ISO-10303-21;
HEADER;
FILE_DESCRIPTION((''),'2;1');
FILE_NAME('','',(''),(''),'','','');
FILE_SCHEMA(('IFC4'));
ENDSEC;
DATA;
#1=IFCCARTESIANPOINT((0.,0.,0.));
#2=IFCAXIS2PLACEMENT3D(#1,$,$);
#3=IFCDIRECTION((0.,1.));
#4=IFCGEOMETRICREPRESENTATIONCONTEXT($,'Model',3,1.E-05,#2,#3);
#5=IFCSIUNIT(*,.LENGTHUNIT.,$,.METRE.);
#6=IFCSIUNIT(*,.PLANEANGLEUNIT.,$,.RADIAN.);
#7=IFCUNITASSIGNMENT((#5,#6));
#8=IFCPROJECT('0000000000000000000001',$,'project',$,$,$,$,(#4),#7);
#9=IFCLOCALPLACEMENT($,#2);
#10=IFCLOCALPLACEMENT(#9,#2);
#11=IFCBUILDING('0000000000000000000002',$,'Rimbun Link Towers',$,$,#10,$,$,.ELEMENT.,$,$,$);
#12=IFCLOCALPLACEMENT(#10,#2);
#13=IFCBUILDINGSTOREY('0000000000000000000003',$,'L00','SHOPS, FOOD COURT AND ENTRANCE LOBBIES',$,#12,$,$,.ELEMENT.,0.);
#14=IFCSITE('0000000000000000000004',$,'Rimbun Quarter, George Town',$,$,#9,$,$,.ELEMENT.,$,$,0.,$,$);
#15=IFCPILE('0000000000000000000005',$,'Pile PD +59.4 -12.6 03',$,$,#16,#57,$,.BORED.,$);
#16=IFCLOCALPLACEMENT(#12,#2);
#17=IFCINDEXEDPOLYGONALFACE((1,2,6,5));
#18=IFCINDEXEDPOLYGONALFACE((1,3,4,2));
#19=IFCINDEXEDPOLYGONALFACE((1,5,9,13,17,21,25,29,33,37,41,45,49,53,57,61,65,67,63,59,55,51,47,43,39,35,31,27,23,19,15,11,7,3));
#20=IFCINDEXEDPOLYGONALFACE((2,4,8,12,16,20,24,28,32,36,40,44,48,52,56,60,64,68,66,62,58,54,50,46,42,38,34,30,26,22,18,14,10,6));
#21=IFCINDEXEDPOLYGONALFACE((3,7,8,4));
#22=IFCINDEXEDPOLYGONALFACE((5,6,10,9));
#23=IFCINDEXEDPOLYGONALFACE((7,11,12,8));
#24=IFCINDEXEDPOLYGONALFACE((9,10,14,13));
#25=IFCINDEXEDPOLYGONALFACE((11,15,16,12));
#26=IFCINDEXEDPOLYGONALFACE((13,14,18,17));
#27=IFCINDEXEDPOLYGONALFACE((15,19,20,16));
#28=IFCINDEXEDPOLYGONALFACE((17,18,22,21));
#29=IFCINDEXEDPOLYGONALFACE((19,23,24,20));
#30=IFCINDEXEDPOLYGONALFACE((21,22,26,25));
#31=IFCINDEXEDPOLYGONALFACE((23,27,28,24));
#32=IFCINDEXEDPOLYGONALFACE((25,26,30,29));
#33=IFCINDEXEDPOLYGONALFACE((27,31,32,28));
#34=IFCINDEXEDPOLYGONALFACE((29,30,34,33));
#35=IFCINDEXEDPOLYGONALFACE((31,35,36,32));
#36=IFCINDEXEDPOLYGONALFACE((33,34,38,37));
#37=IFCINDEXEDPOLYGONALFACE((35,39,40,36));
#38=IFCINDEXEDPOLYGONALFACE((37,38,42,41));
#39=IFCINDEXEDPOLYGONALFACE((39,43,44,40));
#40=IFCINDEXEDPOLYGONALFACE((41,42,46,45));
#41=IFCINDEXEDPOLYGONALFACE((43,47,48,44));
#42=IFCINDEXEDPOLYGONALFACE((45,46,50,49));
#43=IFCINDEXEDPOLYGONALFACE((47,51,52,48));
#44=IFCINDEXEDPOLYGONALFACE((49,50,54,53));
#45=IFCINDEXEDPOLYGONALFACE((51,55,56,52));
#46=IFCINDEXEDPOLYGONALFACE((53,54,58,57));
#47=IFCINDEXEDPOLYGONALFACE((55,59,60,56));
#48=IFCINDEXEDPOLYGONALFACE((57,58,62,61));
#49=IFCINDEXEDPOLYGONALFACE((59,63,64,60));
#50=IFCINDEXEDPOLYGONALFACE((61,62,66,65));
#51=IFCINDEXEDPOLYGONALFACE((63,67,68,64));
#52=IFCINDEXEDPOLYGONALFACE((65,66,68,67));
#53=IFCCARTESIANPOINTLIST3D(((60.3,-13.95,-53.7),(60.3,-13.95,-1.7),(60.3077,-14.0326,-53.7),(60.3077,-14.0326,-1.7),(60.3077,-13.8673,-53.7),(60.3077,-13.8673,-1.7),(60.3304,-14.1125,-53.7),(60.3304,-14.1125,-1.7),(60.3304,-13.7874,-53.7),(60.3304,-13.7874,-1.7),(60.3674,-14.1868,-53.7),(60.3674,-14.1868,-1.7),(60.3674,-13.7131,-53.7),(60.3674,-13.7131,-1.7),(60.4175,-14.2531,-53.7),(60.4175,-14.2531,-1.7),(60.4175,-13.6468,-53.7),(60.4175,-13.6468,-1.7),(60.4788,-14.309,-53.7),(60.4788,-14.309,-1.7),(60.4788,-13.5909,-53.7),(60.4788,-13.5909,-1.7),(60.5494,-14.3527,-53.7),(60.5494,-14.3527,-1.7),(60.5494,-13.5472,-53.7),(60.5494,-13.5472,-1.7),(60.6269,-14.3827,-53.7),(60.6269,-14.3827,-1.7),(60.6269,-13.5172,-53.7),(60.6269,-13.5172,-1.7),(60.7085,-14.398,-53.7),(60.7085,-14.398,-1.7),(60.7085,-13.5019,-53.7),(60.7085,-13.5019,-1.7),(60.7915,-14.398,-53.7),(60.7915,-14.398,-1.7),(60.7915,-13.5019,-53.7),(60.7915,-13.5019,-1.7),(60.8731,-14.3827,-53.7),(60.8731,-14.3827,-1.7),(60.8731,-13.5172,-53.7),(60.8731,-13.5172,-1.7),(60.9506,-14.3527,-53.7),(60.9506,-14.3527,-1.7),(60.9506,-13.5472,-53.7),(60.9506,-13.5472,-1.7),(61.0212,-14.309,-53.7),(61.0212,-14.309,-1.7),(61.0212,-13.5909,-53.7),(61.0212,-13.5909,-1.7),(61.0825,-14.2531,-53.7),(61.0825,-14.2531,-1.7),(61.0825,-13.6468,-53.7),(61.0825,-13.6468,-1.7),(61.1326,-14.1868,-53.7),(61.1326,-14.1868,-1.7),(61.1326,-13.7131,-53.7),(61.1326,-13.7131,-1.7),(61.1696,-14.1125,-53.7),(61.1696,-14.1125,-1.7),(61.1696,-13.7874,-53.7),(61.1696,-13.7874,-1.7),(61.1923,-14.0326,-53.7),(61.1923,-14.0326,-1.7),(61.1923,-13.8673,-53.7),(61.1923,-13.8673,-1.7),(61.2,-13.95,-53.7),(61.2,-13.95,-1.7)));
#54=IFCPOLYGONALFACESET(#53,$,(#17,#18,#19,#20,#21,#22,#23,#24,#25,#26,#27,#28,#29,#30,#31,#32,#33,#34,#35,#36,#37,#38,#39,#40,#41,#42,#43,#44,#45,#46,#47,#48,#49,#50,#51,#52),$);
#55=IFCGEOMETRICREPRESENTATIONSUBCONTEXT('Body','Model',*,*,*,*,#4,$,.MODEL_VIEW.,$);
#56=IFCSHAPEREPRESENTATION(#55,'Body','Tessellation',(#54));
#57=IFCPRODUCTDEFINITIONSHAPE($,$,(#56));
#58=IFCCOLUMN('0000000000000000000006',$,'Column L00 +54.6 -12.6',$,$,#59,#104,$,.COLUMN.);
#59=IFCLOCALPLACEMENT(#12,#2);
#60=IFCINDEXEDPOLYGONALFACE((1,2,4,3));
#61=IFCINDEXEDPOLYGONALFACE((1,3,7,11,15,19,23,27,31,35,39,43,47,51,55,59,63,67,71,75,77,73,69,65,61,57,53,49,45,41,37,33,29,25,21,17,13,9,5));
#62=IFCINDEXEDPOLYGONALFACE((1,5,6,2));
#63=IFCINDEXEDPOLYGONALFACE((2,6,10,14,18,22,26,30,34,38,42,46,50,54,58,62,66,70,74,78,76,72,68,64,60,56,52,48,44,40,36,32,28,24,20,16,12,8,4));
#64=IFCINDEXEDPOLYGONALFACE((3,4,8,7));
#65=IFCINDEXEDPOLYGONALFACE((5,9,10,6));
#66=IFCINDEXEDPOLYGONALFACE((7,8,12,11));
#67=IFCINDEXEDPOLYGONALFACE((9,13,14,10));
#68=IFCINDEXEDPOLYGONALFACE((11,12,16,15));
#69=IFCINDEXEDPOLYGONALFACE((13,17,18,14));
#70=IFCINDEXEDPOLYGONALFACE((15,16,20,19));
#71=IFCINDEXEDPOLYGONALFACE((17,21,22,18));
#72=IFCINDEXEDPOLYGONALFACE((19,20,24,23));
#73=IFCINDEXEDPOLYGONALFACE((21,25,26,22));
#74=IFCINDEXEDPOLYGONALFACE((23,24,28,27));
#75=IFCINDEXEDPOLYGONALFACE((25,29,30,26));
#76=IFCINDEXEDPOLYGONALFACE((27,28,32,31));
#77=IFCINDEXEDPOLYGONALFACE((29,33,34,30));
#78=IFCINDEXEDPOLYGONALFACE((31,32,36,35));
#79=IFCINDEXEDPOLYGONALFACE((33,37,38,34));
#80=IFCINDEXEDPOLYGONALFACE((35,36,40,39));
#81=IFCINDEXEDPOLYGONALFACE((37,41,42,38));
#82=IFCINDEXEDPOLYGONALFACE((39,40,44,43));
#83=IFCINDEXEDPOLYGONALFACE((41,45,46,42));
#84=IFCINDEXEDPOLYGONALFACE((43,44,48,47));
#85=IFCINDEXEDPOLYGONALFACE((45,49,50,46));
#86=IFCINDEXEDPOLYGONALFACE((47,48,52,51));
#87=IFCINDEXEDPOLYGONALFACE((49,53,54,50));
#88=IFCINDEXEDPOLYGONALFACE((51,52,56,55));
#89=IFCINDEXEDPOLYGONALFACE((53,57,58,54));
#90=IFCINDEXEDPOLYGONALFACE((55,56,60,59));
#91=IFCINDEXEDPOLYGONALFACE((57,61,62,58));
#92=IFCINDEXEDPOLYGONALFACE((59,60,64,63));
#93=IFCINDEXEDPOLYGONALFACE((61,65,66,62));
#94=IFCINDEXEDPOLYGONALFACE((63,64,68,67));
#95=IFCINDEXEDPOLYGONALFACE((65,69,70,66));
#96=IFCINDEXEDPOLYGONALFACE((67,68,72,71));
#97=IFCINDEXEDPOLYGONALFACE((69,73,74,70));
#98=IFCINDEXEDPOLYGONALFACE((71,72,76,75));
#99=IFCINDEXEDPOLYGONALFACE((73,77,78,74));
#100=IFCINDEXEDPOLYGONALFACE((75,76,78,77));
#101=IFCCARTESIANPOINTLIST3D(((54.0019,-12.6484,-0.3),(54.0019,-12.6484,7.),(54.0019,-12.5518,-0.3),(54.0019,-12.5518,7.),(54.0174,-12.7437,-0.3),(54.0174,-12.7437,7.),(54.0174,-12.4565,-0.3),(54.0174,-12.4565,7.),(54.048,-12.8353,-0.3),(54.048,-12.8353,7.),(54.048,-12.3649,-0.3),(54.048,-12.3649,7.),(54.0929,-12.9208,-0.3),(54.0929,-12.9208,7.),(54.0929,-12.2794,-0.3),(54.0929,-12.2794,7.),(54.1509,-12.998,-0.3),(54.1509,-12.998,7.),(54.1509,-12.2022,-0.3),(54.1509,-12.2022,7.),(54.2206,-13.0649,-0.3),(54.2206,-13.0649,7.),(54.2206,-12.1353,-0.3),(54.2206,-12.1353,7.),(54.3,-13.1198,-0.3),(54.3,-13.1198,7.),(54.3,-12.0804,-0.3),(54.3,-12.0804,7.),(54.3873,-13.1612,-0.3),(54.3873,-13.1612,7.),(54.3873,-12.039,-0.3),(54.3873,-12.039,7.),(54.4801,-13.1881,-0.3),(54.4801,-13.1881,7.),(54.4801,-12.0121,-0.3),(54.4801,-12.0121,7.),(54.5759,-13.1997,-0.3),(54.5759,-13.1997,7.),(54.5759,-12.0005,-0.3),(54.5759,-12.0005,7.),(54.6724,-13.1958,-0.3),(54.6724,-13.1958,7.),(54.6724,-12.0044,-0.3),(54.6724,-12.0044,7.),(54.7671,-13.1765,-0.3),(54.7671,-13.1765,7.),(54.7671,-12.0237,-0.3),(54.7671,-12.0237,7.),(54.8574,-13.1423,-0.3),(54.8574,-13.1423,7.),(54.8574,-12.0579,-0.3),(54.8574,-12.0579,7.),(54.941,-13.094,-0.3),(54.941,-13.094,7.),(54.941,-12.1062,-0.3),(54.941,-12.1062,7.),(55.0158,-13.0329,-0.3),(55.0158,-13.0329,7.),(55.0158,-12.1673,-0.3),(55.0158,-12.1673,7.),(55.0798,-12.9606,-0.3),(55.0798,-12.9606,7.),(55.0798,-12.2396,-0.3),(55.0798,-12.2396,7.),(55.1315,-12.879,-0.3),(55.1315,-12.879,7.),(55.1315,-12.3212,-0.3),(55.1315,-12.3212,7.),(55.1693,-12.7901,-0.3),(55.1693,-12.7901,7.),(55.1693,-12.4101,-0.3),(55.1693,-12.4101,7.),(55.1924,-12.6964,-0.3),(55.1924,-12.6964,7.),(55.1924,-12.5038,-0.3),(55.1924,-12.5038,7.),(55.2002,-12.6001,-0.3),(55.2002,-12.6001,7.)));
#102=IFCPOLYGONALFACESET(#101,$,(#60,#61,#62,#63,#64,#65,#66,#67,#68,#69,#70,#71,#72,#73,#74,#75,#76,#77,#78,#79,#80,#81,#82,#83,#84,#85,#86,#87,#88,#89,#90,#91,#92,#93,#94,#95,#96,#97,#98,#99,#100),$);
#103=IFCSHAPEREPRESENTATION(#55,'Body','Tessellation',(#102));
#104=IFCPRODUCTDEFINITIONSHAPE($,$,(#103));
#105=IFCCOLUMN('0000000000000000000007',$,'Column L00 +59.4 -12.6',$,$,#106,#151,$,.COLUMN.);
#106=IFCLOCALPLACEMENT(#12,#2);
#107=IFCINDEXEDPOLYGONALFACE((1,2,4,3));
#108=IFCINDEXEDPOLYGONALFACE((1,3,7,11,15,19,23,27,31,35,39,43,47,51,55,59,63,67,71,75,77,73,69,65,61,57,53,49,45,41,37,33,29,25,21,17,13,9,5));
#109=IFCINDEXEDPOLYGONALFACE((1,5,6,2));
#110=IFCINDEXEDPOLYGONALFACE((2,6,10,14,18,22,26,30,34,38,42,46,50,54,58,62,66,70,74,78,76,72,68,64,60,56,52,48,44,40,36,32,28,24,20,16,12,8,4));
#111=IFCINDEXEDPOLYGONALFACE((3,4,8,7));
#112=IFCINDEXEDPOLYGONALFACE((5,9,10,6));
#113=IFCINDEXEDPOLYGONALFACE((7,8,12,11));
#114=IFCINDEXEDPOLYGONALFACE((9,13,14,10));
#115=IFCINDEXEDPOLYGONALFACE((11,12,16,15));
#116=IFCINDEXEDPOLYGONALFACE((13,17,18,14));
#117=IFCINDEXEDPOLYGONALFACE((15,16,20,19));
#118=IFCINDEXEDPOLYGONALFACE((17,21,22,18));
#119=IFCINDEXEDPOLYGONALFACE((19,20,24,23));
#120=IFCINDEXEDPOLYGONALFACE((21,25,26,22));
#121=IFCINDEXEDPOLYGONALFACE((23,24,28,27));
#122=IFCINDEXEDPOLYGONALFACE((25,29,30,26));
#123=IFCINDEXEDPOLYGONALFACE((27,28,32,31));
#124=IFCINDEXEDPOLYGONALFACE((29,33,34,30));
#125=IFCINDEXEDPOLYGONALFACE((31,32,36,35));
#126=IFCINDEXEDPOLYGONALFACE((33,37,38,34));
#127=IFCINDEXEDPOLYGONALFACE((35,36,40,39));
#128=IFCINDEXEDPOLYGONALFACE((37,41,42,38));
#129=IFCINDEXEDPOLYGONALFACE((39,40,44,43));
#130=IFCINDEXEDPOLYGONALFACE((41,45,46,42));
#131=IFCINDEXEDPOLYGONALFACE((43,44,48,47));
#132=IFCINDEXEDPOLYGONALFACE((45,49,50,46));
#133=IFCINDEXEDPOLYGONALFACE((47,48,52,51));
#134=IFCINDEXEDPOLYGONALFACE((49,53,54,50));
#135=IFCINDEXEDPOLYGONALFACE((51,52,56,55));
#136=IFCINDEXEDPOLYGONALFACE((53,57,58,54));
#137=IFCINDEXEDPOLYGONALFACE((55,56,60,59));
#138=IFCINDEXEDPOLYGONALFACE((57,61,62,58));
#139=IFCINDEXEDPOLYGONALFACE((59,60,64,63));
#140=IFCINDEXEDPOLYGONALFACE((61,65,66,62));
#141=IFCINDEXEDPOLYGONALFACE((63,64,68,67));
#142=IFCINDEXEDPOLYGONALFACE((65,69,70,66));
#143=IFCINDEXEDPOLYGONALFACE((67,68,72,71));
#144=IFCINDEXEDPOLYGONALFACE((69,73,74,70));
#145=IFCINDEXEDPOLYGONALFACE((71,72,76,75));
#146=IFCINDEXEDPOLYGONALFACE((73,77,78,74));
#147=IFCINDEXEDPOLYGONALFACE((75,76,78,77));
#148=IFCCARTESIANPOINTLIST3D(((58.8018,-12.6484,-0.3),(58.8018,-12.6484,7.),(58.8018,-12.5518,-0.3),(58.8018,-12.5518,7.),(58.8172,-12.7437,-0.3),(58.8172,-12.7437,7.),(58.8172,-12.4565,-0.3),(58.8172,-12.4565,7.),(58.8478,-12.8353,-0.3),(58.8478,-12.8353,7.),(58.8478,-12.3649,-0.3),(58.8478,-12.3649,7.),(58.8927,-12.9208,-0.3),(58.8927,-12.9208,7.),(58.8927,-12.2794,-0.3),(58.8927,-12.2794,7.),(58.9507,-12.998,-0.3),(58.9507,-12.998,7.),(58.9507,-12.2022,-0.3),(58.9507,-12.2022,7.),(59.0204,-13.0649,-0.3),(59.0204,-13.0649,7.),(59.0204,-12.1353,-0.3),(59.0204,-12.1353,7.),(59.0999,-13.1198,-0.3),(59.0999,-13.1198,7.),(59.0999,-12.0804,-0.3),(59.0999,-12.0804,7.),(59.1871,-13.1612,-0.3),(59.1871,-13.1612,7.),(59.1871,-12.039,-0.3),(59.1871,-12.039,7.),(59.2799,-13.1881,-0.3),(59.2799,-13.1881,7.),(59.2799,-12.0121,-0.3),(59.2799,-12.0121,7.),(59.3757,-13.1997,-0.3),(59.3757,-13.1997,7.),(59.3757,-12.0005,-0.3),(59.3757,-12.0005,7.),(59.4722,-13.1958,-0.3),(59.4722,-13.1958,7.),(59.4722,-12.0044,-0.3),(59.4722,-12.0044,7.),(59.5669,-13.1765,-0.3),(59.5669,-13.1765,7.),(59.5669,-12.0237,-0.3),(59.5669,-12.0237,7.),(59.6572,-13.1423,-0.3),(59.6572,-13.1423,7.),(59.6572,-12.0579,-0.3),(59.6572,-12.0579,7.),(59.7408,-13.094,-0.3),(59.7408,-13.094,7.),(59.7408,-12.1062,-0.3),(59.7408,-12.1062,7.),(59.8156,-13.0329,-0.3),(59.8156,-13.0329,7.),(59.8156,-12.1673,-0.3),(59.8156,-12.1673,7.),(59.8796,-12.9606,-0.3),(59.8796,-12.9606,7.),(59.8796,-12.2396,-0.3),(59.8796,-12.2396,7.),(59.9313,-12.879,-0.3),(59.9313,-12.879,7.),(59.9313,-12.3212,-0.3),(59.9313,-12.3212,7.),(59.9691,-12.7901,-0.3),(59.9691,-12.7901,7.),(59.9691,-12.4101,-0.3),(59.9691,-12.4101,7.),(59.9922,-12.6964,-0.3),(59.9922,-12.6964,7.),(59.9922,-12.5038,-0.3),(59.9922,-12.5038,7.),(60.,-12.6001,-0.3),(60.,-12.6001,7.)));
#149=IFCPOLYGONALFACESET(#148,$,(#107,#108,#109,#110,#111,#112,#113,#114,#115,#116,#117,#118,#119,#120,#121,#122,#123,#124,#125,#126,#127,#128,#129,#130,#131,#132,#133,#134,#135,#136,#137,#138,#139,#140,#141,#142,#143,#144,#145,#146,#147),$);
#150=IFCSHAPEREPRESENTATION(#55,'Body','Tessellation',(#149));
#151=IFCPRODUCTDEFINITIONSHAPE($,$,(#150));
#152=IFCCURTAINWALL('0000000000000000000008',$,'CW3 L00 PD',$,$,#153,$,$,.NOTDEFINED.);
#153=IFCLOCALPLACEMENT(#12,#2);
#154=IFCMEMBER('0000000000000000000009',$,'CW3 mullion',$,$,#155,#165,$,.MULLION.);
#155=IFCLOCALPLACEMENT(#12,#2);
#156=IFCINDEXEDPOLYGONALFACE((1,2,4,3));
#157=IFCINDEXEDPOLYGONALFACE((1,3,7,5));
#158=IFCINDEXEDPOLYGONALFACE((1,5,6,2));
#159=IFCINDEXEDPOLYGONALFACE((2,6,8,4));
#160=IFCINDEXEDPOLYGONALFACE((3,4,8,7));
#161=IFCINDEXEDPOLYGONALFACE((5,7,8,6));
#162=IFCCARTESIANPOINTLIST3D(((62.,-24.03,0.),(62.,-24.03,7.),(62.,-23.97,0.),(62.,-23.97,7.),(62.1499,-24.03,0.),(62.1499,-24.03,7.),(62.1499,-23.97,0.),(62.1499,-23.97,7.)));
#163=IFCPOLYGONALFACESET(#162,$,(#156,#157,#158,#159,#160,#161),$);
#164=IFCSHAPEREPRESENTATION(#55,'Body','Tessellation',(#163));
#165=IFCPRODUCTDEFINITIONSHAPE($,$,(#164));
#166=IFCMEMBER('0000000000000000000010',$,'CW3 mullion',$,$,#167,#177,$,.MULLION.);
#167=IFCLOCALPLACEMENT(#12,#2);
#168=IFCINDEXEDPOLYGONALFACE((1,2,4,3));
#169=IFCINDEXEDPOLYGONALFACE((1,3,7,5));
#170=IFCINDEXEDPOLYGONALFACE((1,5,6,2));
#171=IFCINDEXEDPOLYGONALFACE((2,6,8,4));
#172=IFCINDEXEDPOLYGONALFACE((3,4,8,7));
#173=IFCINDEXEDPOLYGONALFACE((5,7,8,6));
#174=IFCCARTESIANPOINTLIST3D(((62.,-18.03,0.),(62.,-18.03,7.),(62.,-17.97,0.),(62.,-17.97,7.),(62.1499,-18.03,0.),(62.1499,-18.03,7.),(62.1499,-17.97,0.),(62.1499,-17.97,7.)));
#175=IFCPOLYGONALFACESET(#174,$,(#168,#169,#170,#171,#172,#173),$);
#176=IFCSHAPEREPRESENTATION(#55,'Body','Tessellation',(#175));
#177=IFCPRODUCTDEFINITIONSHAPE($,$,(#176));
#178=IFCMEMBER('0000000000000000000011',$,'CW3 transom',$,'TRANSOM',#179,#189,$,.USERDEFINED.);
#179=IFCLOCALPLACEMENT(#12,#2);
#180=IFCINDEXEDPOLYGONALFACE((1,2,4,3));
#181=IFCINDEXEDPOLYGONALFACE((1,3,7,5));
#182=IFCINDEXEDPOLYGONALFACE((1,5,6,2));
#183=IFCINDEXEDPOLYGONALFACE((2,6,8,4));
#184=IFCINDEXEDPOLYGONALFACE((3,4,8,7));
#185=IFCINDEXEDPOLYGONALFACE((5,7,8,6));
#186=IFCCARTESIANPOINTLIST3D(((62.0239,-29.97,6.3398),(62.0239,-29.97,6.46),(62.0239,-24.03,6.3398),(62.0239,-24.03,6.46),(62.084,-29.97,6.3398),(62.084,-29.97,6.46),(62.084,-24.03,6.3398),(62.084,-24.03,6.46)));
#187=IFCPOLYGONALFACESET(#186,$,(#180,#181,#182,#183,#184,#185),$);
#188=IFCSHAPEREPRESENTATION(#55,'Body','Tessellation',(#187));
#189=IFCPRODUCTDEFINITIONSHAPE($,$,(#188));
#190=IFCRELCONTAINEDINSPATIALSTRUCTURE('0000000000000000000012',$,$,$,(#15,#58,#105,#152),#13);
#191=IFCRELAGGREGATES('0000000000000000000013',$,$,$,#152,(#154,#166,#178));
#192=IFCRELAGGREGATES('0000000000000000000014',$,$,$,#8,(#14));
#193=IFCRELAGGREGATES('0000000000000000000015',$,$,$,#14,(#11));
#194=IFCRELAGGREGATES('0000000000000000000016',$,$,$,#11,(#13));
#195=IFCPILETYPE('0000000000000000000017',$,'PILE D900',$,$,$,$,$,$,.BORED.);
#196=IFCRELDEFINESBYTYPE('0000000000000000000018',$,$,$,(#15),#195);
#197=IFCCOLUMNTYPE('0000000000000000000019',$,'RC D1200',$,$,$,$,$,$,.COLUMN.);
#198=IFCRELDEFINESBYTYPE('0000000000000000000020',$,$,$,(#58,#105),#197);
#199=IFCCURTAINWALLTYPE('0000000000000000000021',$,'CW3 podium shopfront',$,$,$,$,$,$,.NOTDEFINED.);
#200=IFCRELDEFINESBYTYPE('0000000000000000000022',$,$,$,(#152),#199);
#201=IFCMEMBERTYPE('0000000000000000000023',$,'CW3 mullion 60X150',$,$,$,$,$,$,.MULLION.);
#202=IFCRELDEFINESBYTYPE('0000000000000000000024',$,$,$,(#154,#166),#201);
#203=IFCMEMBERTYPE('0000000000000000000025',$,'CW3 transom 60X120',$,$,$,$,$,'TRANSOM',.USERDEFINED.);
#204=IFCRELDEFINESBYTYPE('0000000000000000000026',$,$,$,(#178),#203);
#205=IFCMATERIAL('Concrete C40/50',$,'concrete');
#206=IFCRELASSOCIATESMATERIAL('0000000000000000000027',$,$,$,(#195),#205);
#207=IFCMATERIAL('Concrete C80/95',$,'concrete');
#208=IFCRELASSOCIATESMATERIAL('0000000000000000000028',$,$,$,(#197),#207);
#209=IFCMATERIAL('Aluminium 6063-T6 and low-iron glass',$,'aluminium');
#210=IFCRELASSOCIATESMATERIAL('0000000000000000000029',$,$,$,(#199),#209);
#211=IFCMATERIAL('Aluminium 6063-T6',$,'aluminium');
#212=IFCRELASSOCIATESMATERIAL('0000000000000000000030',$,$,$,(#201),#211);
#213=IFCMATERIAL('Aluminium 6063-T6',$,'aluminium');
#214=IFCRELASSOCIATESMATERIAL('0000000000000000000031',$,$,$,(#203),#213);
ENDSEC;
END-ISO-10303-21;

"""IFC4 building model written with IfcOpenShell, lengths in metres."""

from ifc_helpers import new_model, si_unit, direction, frame, origin, origin_2d, place, context, subcontext, project, spatial, rectangle, circle, extrude, material, material_profile, profile_set, type_object, element, aggregate, save


model = new_model("IFC4")

# Units and contexts
model_context = context("Model", 3, precision=1e-05, world=origin(), true_north=direction((0.0, 1.0)))
body_context = subcontext(model_context, "Body", "Model", "MODEL_VIEW")
ifc_project = project(units=[si_unit("LENGTHUNIT", "METRE"), si_unit("PLANEANGLEUNIT", "RADIAN")], contexts=[model_context])

# Site, building, storey
site_placement = place(None, origin())
site = spatial("IfcSite", under=ifc_project, at=site_placement, Name="Rimbun Quarter, George Town", CompositionType="ELEMENT", RefElevation=0.0)
building_placement = place(site_placement, origin())
building = spatial("IfcBuilding", under=site, at=building_placement, Name="Rimbun Link Towers", CompositionType="ELEMENT")
storey_placement = place(building_placement, origin())
storey = spatial("IfcBuildingStorey", under=building, at=storey_placement, Name="L00", Description="SHOPS, FOOD COURT AND ENTRANCE LOBBIES", CompositionType="ELEMENT", Elevation=0.0)

# Pile
ifc_material_1 = material(Name="Concrete C40/50", Category="concrete")
ifc_material_profile_1 = material_profile(ifc_material_1, circle(Radius=0.45, at=origin_2d()), Name="PILE D900")
ifc_profile_set_1 = profile_set([ifc_material_profile_1], Name="Concrete C40/50")
pile_type = type_object("IfcPileType", Name="PILE D900", PredefinedType="BORED", material=ifc_profile_set_1)
for number, where, z_axis, x_axis, name in (
    (1, (60.75, -13.95, -1.7), (0.0, 0.0, -1.0), (1.0, 0.0, 0.0), "Pile PD +59.4 -12.6 03"),
):
    element("IfcPile", number, at=place(storey_placement, frame(where, z_axis=z_axis, x_axis=x_axis)), inside=storey, type_object=pile_type, Name=name, PredefinedType="BORED", context=body_context, shape_type="SweptSolid", body=[
        extrude(circle(Radius=0.45, at=origin_2d()), origin(), (0.0, 0.0, 1.0), 52.0),
    ])

# Columns
ifc_material_2 = material(Name="Concrete C80/95", Category="concrete")
ifc_material_profile_2 = material_profile(ifc_material_2, circle(Radius=0.6001, at=origin_2d()), Name="RC D1200")
ifc_profile_set_2 = profile_set([ifc_material_profile_2], Name="Concrete C80/95")
column_type = type_object("IfcColumnType", Name="RC D1200", PredefinedType="COLUMN", material=ifc_profile_set_2)
for number, where, z_axis, x_axis, name in (
    (2, (54.6001, -12.6001, -0.3), (0.0, 0.0, 1.0), (1.0, 0.0, 0.0), "Column L00 +54.6 -12.6"),
    (3, (59.3999, -12.6001, -0.3), (0.0, 0.0, 1.0), (1.0, 0.0, 0.0), "Column L00 +59.4 -12.6"),
):
    element("IfcColumn", number, at=place(storey_placement, frame(where, z_axis=z_axis, x_axis=x_axis)), inside=storey, type_object=column_type, Name=name, PredefinedType="COLUMN", context=body_context, shape_type="SweptSolid", body=[
        extrude(circle(Radius=0.6001, at=origin_2d()), origin(), (0.0, 0.0, 1.0), 7.3),
    ])

# Curtain wall, members
ifc_material_3 = material(Name="Aluminium 6063-T6 and low-iron glass", Category="aluminium")
curtain_wall_type = type_object("IfcCurtainWallType", Name="CW3 podium shopfront", PredefinedType="NOTDEFINED", material=ifc_material_3)
curtain_wall_placement = place(storey_placement, origin())
curtain_wall = element("IfcCurtainWall", 4, at=curtain_wall_placement, inside=storey, type_object=curtain_wall_type, Name="CW3 L00 PD", PredefinedType="NOTDEFINED")
ifc_material_4 = material(Name="Aluminium 6063-T6", Category="aluminium")
ifc_material_profile_3 = material_profile(ifc_material_4, rectangle(XDim=0.1499, YDim=0.0601, at=origin_2d()), Name="MULLION 60X150")
ifc_profile_set_3 = profile_set([ifc_material_profile_3], Name="Aluminium 6063-T6")
member_type_1 = type_object("IfcMemberType", Name="CW3 mullion 60X150", PredefinedType="MULLION", material=ifc_profile_set_3)
member_1_placement = place(storey_placement, frame((62.075, -24.0, 0.0), z_axis=(0.0, 0.0, 1.0), x_axis=(1.0, 0.0, 0.0)))
member_1 = element("IfcMember", 5, at=member_1_placement, type_object=member_type_1, Name="CW3 mullion", PredefinedType="MULLION", context=body_context, shape_type="SweptSolid", body=[
    extrude(rectangle(XDim=0.1499, YDim=0.0601, at=origin_2d()), origin(), (0.0, 0.0, 1.0), 7.0),
])
member_2_placement = place(storey_placement, frame((62.075, -18.0, 0.0), z_axis=(0.0, 0.0, 1.0), x_axis=(1.0, 0.0, 0.0)))
member_2 = element("IfcMember", 6, at=member_2_placement, type_object=member_type_1, Name="CW3 mullion", PredefinedType="MULLION", context=body_context, shape_type="SweptSolid", body=[
    extrude(rectangle(XDim=0.1499, YDim=0.0601, at=origin_2d()), origin(), (0.0, 0.0, 1.0), 7.0),
])
ifc_material_5 = material(Name="Aluminium 6063-T6", Category="aluminium")
ifc_material_profile_4 = material_profile(ifc_material_5, rectangle(XDim=0.0601, YDim=0.1201, at=origin_2d()), Name="TRANSOM 60X120")
ifc_profile_set_4 = profile_set([ifc_material_profile_4], Name="Aluminium 6063-T6")
member_type_2 = type_object("IfcMemberType", Name="CW3 transom 60X120", ElementType="TRANSOM", PredefinedType="USERDEFINED", material=ifc_profile_set_4)
member_3_placement = place(storey_placement, frame((62.054, -24.03, 6.3999), z_axis=(0.0, -1.0, 0.0), x_axis=(1.0, 0.0, 0.0)))
member_3 = element("IfcMember", 7, at=member_3_placement, type_object=member_type_2, Name="CW3 transom", ObjectType="TRANSOM", PredefinedType="USERDEFINED", context=body_context, shape_type="SweptSolid", body=[
    extrude(rectangle(XDim=0.0601, YDim=0.1201, at=origin_2d()), origin(), (0.0, 0.0, 1.0), 5.9399),
])
aggregate(curtain_wall, [member_1, member_2, member_3])

save(model, "model.ifc")
